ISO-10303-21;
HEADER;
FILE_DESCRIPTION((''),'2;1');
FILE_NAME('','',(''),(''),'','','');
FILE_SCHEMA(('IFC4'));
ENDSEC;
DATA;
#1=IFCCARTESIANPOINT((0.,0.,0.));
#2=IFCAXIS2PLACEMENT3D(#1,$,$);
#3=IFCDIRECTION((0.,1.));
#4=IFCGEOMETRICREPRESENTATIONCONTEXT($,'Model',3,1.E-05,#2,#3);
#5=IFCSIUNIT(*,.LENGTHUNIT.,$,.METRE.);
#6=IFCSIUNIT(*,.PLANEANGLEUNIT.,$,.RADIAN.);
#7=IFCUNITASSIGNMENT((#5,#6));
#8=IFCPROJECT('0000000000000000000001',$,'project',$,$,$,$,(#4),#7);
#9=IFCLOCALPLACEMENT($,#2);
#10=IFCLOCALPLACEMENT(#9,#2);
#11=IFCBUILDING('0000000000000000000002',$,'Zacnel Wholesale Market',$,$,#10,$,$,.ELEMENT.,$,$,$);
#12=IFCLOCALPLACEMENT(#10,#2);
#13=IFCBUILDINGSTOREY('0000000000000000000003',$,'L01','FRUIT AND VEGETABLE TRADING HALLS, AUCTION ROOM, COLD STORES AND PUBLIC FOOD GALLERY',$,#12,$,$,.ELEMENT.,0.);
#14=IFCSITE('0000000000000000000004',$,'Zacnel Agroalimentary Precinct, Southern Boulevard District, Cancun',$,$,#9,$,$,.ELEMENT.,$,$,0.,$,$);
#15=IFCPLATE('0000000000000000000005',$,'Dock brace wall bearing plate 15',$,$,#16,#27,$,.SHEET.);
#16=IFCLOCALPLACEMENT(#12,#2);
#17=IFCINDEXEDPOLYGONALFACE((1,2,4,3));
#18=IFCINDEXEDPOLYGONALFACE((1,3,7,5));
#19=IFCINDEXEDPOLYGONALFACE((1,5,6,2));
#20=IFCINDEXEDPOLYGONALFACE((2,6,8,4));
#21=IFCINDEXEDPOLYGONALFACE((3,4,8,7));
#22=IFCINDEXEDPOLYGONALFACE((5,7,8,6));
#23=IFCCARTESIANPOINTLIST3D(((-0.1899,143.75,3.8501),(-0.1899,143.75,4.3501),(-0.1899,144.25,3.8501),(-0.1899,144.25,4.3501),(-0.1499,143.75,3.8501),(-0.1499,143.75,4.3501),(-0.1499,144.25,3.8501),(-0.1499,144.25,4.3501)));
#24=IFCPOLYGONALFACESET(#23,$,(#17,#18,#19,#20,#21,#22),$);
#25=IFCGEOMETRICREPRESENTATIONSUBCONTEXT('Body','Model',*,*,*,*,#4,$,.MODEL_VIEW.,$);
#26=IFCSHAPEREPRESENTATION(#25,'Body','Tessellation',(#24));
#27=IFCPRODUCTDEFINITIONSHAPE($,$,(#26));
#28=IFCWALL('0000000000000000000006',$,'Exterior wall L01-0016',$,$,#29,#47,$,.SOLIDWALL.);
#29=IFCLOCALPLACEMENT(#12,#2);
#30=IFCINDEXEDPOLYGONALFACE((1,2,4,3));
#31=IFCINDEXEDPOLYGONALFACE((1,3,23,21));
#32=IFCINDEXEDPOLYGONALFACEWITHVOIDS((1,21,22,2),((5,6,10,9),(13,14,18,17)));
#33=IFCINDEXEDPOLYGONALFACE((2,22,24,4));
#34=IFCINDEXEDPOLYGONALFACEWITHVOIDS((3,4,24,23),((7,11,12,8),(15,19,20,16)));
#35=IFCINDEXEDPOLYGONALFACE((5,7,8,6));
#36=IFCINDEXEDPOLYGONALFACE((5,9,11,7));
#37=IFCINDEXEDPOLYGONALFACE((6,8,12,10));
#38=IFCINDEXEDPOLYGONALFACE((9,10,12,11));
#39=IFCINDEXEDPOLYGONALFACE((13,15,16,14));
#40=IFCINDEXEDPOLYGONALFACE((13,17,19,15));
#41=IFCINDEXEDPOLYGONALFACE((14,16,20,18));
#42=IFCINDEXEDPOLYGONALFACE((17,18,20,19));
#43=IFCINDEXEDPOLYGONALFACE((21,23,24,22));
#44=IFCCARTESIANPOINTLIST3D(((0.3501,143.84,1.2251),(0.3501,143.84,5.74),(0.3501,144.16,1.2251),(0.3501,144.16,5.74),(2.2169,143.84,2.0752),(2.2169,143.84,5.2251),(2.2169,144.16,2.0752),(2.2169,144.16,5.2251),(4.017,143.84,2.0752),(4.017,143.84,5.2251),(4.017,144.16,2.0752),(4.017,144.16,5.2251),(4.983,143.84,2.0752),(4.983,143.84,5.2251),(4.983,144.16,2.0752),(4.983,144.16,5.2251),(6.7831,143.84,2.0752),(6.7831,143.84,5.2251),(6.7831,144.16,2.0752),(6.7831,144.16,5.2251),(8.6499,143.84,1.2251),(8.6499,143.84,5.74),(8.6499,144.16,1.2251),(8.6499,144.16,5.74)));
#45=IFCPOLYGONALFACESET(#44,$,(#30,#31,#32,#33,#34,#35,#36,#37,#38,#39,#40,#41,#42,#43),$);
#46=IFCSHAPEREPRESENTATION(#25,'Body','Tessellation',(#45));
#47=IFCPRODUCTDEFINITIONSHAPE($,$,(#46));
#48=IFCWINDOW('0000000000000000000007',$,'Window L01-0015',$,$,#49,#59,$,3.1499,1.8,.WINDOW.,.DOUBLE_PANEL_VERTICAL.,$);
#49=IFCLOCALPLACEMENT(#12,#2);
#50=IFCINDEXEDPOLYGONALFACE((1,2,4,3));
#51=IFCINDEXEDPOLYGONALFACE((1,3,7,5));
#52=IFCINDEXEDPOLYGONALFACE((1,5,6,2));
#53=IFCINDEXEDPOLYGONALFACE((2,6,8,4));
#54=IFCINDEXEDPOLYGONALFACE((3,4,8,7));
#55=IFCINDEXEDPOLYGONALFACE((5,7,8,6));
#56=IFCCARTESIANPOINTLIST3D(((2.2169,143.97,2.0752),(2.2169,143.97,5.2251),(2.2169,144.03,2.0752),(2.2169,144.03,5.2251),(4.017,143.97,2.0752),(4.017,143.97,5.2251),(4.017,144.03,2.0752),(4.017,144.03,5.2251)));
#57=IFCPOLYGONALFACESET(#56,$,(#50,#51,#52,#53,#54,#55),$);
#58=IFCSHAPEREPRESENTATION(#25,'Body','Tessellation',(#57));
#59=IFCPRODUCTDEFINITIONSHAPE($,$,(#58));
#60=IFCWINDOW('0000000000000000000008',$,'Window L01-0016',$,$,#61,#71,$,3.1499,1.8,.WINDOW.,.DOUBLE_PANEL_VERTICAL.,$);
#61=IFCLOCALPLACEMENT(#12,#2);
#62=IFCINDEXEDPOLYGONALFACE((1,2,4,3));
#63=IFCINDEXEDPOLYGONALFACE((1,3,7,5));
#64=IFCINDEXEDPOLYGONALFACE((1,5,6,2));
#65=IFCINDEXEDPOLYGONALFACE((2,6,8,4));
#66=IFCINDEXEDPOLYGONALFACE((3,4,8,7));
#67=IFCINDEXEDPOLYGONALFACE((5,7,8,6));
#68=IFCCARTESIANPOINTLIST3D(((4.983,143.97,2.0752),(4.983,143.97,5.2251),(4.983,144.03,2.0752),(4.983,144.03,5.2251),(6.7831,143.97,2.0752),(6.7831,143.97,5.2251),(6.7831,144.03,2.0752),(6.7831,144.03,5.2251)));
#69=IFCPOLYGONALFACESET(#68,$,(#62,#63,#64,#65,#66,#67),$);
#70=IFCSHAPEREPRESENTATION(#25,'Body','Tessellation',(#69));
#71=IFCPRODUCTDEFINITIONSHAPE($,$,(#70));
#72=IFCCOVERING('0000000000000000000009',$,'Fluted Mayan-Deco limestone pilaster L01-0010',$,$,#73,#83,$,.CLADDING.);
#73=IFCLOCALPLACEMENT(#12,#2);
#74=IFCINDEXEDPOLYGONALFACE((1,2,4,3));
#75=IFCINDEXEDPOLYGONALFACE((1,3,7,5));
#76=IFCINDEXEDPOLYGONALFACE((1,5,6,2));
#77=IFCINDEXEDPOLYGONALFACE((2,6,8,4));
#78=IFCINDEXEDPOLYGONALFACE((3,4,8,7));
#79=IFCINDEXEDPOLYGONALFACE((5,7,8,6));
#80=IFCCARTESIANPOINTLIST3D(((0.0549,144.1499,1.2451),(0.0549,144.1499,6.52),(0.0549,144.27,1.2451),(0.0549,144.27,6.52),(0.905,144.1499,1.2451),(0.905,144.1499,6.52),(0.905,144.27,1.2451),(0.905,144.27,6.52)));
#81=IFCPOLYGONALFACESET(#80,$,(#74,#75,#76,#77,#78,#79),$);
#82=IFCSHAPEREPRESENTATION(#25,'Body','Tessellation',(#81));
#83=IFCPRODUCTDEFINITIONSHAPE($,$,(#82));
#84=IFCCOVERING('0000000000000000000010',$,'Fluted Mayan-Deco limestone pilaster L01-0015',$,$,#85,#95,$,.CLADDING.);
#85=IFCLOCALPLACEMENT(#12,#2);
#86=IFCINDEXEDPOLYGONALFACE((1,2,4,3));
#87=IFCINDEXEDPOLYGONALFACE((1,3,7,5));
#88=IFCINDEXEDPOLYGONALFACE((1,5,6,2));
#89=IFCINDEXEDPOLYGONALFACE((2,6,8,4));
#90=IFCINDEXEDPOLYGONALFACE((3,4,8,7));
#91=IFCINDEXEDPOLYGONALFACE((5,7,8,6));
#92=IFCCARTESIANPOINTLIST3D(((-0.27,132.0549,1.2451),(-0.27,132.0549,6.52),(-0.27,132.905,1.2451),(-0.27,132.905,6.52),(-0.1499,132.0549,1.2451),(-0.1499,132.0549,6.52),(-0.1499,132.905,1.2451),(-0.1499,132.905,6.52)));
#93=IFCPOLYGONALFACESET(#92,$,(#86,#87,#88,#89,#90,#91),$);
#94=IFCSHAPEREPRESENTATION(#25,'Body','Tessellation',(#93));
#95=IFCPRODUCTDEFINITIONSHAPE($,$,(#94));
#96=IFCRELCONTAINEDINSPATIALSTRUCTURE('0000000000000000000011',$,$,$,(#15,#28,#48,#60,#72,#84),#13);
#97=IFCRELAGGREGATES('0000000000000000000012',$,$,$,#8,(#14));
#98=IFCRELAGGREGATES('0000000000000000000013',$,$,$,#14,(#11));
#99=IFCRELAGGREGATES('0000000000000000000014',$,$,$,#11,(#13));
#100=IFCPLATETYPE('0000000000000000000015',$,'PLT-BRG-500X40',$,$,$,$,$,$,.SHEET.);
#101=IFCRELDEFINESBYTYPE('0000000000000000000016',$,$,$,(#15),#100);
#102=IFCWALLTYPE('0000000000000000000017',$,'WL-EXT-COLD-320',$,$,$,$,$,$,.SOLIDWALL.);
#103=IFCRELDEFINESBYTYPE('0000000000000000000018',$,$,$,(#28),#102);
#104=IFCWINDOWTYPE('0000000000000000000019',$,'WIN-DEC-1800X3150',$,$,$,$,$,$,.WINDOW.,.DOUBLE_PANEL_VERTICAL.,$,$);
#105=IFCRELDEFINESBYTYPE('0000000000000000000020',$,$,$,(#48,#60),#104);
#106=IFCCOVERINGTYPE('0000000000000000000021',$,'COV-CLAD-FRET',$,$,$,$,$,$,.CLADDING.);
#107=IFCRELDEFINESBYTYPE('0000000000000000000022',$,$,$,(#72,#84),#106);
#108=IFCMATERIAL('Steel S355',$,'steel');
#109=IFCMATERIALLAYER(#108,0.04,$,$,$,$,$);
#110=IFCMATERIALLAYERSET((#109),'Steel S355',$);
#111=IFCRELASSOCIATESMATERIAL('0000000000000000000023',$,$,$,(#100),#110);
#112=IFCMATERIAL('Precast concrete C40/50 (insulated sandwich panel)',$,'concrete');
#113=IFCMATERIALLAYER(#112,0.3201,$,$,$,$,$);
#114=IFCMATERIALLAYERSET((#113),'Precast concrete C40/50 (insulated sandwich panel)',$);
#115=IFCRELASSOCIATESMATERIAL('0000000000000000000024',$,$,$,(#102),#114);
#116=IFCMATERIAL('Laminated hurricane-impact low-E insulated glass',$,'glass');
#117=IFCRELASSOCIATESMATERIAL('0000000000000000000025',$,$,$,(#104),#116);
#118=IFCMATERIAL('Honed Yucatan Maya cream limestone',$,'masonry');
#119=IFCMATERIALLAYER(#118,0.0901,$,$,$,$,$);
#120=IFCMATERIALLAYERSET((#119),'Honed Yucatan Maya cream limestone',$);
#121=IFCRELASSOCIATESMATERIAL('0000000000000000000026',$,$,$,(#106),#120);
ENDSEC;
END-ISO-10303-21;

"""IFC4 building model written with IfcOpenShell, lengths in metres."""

from ifc_helpers import new_model, si_unit, direction, frame, frame_2d, origin, origin_2d, place, context, subcontext, project, spatial, rectangle, extrude, material, layer, layer_set, type_object, element, fill, save


model = new_model("IFC4")

# Units and contexts
model_context = context("Model", 3, precision=1e-05, world=origin(), true_north=direction((0.0, 1.0)))
body_context = subcontext(model_context, "Body", "Model", "MODEL_VIEW")
ifc_project = project(units=[si_unit("LENGTHUNIT", "METRE"), si_unit("PLANEANGLEUNIT", "RADIAN")], contexts=[model_context])

# Site, building, storey
site_placement = place(None, origin())
site = spatial("IfcSite", under=ifc_project, at=site_placement, Name="Zacnel Agroalimentary Precinct, Southern Boulevard District, Cancun", CompositionType="ELEMENT", RefElevation=0.0)
building_placement = place(site_placement, origin())
building = spatial("IfcBuilding", under=site, at=building_placement, Name="Zacnel Wholesale Market", CompositionType="ELEMENT")
storey_placement = place(building_placement, origin())
storey = spatial("IfcBuildingStorey", under=building, at=storey_placement, Name="L01", Description="FRUIT AND VEGETABLE TRADING HALLS, AUCTION ROOM, COLD STORES AND PUBLIC FOOD GALLERY", CompositionType="ELEMENT", Elevation=0.0)

# Plate
ifc_material_1 = material(Name="Steel S355", Category="steel")
ifc_layer_1 = layer(ifc_material_1, 0.04)
ifc_layer_set_1 = layer_set([ifc_layer_1], Name="Steel S355")
plate_type = type_object("IfcPlateType", Name="PLT-BRG-500X40", PredefinedType="SHEET", material=ifc_layer_set_1)
plate_placement = place(storey_placement, frame((-0.1699, 144.0, 3.8501), z_axis=(0.0, 0.0, 1.0), x_axis=(1.0, 0.0, 0.0)))
element("IfcPlate", 1, at=plate_placement, inside=storey, type_object=plate_type, Name="Dock brace wall bearing plate 15", PredefinedType="SHEET", context=body_context, shape_type="SweptSolid", body=[
    extrude(rectangle(XDim=0.04, YDim=0.5, at=origin_2d()), origin(), (0.0, 0.0, 1.0), 0.5),
])

# Wall, openings, windows
ifc_material_2 = material(Name="Precast concrete C40/50 (insulated sandwich panel)", Category="concrete")
ifc_layer_2 = layer(ifc_material_2, 0.3201)
ifc_layer_set_2 = layer_set([ifc_layer_2], Name="Precast concrete C40/50 (insulated sandwich panel)")
wall_type = type_object("IfcWallType", Name="WL-EXT-COLD-320", PredefinedType="SOLIDWALL", material=ifc_layer_set_2)
wall_1_placement = place(storey_placement, frame((0.3501, 144.0, 1.2251), z_axis=(0.0, 0.0, 1.0), x_axis=(1.0, 0.0, 0.0)))
wall_1 = element("IfcWall", 2, at=wall_1_placement, inside=storey, type_object=wall_type, Name="Exterior wall L01-0016", PredefinedType="SOLIDWALL", context=body_context, shape_type="SweptSolid", body=[
    extrude(rectangle(XDim=8.2998, YDim=0.3201, at=frame_2d((4.1499, 0.0))), origin(), (0.0, 0.0, 1.0), 4.5149),
])
opening_1_placement = place(wall_1_placement, frame((1.8669, 0.0, 0.8501)))
opening_1 = element("IfcOpeningElement", 3, at=opening_1_placement, cuts=wall_1, PredefinedType="OPENING", context=body_context, shape_type="SweptSolid", body=[
    extrude(rectangle(XDim=1.8, YDim=3.1499, at=frame_2d((0.8999, 1.575))), frame((0.0, 0.1699, 0.0), z_axis=(0.0, -1.0, 0.0), x_axis=(1.0, 0.0, 0.0)), (0.0, 0.0, 1.0), 0.3401),
])
opening_2_placement = place(wall_1_placement, frame((4.6331, 0.0, 0.8501)))
opening_2 = element("IfcOpeningElement", 4, at=opening_2_placement, cuts=wall_1, PredefinedType="OPENING", context=body_context, shape_type="SweptSolid", body=[
    extrude(rectangle(XDim=1.8, YDim=3.1499, at=frame_2d((0.8999, 1.575))), frame((0.0, 0.1699, 0.0), z_axis=(0.0, -1.0, 0.0), x_axis=(1.0, 0.0, 0.0)), (0.0, 0.0, 1.0), 0.3401),
])
ifc_material_3 = material(Name="Laminated hurricane-impact low-E insulated glass", Category="glass")
window_type = type_object("IfcWindowType", Name="WIN-DEC-1800X3150", PartitioningType="DOUBLE_PANEL_VERTICAL", PredefinedType="WINDOW", material=ifc_material_3)
window_1_placement = place(opening_1_placement, origin())
window_1 = element("IfcWindow", 5, at=window_1_placement, inside=storey, type_object=window_type, Name="Window L01-0015", OverallHeight=3.1499, OverallWidth=1.8, PartitioningType="DOUBLE_PANEL_VERTICAL", PredefinedType="WINDOW", context=body_context, shape_type="SweptSolid", body=[
    extrude(rectangle(XDim=1.8, YDim=3.1499, at=frame_2d((0.8999, 1.575))), frame((0.0, 0.03, 0.0), z_axis=(0.0, -1.0, 0.0), x_axis=(1.0, 0.0, 0.0)), (0.0, 0.0, 1.0), 0.0601),
])
fill(opening_1, window_1)
window_2_placement = place(opening_2_placement, origin())
window_2 = element("IfcWindow", 6, at=window_2_placement, inside=storey, type_object=window_type, Name="Window L01-0016", OverallHeight=3.1499, OverallWidth=1.8, PartitioningType="DOUBLE_PANEL_VERTICAL", PredefinedType="WINDOW", context=body_context, shape_type="SweptSolid", body=[
    extrude(rectangle(XDim=1.8, YDim=3.1499, at=frame_2d((0.8999, 1.575))), frame((0.0, 0.03, 0.0), z_axis=(0.0, -1.0, 0.0), x_axis=(1.0, 0.0, 0.0)), (0.0, 0.0, 1.0), 0.0601),
])
fill(opening_2, window_2)

# Coverings
ifc_material_4 = material(Name="Honed Yucatan Maya cream limestone", Category="masonry")
ifc_layer_3 = layer(ifc_material_4, 0.0901)
ifc_layer_set_3 = layer_set([ifc_layer_3], Name="Honed Yucatan Maya cream limestone")
covering_type = type_object("IfcCoveringType", Name="COV-CLAD-FRET", PredefinedType="CLADDING", material=ifc_layer_set_3)
for number, where, z_axis, x_axis, name in (
    (7, (0.48, 144.21, 1.2451), (0.0, 0.0, 1.0), (1.0, 0.0, 0.0), "Fluted Mayan-Deco limestone pilaster L01-0010"),
    (8, (-0.21, 132.48, 1.2451), (0.0, 0.0, 1.0), (0.0, 1.0, 0.0), "Fluted Mayan-Deco limestone pilaster L01-0015"),
):
    element("IfcCovering", number, at=place(storey_placement, frame(where, z_axis=z_axis, x_axis=x_axis)), inside=storey, type_object=covering_type, Name=name, PredefinedType="CLADDING", context=body_context, shape_type="SweptSolid", body=[
        extrude(rectangle(XDim=0.8501, YDim=0.1201, at=origin_2d()), origin(), (0.0, 0.0, 1.0), 5.2749),
    ])

save(model, "model.ifc")
